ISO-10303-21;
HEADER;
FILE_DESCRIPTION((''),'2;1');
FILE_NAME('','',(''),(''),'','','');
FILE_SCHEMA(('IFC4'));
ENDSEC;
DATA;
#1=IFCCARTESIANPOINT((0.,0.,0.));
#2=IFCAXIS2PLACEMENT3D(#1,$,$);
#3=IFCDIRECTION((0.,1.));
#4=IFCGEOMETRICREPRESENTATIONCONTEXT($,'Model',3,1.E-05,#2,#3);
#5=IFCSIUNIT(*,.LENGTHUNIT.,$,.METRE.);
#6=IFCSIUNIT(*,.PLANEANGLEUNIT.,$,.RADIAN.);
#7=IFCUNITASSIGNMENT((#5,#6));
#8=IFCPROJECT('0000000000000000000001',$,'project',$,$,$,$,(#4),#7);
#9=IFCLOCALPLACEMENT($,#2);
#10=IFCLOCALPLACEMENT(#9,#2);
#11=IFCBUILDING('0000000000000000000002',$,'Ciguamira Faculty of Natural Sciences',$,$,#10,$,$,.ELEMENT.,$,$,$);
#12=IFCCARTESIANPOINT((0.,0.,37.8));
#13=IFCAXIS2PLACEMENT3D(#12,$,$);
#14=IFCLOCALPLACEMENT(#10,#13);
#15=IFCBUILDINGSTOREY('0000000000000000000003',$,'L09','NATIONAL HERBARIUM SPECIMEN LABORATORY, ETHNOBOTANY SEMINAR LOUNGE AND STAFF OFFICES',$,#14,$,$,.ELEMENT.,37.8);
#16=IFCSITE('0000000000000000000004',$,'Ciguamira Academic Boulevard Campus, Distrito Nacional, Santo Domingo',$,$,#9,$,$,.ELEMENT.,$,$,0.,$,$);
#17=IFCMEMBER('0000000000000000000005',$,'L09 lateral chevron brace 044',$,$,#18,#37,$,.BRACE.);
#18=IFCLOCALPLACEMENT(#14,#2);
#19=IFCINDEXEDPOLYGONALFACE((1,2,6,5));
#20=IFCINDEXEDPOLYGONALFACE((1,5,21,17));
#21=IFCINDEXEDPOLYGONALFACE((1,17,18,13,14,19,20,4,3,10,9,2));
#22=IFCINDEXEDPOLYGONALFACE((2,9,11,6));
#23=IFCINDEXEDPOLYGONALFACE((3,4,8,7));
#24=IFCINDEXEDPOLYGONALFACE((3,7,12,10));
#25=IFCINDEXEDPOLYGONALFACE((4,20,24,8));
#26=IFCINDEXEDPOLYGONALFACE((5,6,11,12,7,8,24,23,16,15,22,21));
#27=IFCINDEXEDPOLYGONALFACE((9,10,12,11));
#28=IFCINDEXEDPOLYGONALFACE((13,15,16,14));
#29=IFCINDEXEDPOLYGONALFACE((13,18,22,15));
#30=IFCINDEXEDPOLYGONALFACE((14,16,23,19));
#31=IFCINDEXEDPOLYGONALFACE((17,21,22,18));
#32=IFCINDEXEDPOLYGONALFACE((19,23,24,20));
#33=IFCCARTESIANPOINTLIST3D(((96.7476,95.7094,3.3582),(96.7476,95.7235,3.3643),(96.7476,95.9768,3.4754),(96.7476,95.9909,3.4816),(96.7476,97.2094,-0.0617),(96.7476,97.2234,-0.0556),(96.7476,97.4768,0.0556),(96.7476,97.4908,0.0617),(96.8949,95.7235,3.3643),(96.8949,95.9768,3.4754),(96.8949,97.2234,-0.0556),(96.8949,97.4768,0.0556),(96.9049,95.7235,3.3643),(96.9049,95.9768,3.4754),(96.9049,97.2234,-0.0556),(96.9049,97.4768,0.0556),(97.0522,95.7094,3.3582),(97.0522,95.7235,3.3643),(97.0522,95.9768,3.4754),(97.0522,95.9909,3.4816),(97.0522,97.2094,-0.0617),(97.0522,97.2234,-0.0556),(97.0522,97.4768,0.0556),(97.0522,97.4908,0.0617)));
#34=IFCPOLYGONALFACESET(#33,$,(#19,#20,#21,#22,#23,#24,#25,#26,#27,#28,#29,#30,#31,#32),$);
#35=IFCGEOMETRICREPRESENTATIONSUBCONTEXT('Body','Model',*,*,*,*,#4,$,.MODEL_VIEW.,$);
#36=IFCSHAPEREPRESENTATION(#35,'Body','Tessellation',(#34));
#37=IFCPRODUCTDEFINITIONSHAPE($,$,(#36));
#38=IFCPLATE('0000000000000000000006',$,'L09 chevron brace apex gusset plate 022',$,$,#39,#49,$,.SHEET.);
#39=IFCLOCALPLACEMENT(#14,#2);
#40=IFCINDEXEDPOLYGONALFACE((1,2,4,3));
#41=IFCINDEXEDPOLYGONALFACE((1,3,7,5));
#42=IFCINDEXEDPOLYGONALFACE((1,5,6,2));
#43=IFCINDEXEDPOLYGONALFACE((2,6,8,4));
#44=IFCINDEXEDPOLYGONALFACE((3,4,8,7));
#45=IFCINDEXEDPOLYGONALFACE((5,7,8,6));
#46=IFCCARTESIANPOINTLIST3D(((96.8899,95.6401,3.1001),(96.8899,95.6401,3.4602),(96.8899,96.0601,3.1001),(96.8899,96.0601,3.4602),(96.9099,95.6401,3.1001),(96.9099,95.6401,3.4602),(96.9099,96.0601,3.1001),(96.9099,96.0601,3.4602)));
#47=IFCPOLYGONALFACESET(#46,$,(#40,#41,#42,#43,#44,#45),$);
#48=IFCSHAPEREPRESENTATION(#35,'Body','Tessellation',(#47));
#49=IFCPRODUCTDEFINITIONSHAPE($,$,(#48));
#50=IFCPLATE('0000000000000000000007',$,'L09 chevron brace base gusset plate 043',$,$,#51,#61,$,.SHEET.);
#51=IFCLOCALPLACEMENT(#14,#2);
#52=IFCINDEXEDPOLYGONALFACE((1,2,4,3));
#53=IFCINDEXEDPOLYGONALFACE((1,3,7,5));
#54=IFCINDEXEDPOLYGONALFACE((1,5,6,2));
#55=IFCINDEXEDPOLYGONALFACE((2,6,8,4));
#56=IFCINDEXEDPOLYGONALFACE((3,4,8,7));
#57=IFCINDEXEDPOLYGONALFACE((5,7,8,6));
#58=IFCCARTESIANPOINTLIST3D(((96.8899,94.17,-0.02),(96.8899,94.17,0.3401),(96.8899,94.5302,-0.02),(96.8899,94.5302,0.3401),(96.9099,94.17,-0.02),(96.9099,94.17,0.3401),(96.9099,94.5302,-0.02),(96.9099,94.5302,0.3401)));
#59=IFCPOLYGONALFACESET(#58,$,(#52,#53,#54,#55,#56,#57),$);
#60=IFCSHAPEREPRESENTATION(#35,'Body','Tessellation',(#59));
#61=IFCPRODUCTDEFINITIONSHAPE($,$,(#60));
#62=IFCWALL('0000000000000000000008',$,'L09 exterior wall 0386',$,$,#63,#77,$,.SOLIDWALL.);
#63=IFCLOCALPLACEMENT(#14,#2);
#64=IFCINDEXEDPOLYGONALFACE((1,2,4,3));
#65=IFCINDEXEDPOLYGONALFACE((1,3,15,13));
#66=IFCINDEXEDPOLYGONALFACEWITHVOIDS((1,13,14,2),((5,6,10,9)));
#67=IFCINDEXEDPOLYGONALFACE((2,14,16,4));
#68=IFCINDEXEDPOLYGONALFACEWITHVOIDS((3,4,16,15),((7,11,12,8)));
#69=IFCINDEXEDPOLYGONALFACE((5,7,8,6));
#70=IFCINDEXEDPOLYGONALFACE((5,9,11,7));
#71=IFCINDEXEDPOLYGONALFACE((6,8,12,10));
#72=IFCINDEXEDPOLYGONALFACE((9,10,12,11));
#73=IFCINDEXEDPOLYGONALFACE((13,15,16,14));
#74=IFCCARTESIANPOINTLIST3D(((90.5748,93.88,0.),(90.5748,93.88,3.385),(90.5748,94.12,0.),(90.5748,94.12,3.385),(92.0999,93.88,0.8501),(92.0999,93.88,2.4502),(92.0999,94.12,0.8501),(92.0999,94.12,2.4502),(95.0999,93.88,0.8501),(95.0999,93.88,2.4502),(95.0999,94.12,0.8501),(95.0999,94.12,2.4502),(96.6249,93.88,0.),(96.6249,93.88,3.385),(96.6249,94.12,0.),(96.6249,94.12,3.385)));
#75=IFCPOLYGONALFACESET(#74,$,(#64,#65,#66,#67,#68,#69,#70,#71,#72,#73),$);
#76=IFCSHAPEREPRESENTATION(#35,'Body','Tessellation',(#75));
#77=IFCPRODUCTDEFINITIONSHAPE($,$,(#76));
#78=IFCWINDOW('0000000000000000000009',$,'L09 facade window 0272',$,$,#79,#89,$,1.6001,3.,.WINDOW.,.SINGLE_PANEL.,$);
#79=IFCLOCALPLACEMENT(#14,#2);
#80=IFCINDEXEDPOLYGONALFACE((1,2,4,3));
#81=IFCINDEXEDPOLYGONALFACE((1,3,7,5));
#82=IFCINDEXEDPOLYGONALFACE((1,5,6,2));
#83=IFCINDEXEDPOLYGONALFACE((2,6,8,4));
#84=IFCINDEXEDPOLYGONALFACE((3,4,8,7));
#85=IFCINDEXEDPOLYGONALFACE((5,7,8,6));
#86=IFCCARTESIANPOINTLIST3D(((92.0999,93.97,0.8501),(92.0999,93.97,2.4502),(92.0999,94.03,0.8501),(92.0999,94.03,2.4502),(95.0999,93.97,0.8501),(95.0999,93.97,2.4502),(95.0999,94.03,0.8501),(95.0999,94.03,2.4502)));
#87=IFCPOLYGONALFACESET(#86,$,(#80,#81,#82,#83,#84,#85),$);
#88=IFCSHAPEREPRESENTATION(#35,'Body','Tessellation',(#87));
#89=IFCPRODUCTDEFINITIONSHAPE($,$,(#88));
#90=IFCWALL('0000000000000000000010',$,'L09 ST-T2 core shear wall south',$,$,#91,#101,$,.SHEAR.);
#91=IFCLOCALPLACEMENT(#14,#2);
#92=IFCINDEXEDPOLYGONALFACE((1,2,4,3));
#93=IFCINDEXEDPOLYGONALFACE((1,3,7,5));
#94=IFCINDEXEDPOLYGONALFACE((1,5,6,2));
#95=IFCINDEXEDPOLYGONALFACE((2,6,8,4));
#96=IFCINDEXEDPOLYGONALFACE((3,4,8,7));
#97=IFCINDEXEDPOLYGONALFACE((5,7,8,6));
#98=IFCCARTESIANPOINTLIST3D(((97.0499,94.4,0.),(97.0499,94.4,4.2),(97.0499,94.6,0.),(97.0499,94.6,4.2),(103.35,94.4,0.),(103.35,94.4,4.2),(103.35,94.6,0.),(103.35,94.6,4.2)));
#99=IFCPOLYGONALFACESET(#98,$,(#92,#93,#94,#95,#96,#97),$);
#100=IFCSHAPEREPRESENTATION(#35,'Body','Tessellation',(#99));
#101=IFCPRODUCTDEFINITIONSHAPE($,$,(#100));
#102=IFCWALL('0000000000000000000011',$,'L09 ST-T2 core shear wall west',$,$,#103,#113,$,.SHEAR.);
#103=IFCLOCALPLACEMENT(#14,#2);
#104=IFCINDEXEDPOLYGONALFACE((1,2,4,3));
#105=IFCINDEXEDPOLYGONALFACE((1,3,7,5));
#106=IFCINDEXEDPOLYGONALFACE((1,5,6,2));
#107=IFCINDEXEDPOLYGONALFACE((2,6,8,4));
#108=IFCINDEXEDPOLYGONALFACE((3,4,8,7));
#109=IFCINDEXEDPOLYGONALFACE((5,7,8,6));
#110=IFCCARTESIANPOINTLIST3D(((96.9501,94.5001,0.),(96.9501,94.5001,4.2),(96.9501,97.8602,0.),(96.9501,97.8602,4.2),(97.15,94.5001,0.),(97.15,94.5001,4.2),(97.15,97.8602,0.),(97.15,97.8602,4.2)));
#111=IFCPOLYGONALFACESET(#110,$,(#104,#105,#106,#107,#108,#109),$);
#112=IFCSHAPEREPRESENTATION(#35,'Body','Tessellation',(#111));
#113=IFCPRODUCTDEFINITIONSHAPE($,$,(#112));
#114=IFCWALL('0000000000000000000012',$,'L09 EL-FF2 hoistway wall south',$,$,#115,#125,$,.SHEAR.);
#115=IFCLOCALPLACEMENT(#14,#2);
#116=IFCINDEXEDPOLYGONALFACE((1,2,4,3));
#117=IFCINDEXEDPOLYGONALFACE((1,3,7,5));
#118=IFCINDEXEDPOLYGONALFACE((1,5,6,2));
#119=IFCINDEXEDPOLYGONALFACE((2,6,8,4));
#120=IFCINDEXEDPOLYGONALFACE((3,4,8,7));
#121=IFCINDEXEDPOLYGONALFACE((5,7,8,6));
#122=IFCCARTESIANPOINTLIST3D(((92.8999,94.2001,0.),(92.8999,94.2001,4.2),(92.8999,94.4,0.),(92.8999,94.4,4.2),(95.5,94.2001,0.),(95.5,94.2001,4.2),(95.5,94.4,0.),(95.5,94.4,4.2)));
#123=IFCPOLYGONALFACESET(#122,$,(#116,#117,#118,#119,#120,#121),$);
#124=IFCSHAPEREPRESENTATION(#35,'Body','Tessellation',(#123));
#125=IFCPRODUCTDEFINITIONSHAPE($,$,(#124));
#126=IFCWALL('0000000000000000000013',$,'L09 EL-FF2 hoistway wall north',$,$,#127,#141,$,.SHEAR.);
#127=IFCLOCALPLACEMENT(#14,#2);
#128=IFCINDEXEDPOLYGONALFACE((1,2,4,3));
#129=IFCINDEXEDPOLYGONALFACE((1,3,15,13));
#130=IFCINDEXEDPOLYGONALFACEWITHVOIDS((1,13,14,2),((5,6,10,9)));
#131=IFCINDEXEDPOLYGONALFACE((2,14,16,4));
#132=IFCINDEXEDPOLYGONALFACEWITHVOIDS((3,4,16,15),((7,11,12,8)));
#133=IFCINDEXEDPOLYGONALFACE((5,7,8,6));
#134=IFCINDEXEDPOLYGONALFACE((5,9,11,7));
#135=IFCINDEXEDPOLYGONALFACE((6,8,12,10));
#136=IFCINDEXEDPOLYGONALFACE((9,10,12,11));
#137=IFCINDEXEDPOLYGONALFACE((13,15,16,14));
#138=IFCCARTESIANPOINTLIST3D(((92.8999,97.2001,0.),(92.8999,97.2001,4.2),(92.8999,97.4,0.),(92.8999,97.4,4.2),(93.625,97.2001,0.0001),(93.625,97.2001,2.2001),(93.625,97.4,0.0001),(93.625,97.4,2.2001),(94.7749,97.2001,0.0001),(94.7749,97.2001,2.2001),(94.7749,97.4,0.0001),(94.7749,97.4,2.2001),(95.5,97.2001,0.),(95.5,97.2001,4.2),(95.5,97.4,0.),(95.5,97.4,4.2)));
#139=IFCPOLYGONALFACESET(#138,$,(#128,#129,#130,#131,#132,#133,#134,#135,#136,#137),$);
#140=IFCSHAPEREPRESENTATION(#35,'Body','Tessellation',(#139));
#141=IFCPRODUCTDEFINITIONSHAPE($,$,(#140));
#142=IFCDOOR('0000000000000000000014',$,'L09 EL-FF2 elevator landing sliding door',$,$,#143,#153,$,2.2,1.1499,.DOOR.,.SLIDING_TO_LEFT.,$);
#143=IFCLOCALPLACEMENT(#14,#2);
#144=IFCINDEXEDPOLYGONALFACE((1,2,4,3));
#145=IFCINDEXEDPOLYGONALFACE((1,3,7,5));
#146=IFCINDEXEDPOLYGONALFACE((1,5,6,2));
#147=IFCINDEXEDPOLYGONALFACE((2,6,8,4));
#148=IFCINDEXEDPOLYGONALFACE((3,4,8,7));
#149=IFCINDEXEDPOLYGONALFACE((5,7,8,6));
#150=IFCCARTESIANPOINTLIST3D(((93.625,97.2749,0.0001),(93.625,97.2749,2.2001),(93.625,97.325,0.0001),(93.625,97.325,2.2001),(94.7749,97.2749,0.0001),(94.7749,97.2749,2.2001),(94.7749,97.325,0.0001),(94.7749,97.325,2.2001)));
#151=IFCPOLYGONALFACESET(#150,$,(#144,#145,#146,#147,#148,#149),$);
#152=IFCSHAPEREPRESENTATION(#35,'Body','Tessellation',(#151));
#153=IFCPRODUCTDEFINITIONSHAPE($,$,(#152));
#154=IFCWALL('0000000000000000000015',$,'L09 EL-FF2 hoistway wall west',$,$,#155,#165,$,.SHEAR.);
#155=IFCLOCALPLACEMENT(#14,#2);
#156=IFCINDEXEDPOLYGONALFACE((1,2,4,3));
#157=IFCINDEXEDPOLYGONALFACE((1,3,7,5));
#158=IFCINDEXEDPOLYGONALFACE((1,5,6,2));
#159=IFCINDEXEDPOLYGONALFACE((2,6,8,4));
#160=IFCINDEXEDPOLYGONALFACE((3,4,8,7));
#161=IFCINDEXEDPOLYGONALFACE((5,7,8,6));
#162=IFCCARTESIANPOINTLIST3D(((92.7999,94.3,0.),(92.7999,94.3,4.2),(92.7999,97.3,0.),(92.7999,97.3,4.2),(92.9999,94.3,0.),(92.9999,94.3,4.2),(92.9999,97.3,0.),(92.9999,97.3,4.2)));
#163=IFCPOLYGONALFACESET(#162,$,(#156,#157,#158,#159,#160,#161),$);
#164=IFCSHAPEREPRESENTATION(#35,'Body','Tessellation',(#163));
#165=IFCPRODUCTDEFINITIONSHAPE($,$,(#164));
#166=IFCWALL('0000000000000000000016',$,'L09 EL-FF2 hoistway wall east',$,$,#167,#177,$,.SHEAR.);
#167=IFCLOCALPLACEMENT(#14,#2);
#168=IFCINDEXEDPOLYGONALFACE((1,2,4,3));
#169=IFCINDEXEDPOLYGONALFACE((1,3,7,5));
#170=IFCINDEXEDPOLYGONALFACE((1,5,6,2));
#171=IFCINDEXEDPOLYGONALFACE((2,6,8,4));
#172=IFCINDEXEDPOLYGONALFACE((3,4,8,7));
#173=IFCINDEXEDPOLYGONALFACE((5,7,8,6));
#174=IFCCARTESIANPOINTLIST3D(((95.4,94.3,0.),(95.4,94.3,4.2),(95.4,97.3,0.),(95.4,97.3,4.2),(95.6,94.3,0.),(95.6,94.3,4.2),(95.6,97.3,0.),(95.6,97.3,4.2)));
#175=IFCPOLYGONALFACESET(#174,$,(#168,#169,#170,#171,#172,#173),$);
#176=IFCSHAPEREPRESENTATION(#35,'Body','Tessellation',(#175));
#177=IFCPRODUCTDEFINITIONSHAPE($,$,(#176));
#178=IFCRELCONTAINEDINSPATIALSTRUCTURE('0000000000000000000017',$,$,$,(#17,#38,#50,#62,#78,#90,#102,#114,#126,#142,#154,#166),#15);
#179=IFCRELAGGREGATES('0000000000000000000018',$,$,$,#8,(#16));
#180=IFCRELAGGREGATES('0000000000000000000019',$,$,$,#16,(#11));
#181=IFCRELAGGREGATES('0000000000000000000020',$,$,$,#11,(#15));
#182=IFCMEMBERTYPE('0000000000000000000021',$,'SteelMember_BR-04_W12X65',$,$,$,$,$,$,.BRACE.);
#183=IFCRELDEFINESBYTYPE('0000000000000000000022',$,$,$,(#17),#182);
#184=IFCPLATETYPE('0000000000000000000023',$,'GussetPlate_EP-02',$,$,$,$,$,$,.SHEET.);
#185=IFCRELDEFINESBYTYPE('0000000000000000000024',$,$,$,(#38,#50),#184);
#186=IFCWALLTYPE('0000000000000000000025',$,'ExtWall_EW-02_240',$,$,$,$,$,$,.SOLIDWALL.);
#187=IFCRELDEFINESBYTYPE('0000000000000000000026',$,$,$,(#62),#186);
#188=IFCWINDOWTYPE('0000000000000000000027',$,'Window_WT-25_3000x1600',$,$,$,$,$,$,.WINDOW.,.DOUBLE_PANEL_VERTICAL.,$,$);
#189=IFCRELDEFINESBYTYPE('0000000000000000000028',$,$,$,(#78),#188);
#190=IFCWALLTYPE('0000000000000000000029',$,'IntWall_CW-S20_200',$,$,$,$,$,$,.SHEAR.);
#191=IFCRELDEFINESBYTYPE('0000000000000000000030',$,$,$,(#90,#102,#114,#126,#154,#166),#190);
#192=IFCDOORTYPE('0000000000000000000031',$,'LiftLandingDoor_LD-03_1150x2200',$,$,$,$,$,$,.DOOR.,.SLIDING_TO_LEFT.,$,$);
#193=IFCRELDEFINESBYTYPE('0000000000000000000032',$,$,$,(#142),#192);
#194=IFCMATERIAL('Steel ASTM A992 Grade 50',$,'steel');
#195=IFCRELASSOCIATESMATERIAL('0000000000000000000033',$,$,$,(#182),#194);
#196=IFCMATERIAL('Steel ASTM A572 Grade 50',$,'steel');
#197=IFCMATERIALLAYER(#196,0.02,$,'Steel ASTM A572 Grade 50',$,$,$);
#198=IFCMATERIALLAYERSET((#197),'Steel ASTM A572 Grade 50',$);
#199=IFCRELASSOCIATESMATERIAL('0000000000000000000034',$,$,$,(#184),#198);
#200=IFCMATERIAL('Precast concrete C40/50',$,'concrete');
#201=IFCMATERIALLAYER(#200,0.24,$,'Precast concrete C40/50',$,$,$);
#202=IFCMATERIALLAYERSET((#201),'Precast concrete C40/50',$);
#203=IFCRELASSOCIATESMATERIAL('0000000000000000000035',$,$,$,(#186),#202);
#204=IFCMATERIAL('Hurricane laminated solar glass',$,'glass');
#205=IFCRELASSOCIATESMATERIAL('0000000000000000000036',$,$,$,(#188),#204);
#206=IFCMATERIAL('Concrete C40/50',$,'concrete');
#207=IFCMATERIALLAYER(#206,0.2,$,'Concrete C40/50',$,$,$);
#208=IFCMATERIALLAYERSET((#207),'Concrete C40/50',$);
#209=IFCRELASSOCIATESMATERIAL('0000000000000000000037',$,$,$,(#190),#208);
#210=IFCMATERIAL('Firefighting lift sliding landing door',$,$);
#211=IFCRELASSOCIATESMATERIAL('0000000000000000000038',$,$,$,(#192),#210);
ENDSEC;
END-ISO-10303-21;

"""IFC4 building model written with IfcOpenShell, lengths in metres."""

from ifc_helpers import new_model, si_unit, direction, frame, frame_2d, origin, origin_2d, place, context, subcontext, project, spatial, rectangle, i_section, extrude, material, layer, layer_set, material_profile, profile_set, type_object, element, fill, save


model = new_model("IFC4")

# Units and contexts
model_context = context("Model", 3, precision=1e-05, world=origin(), true_north=direction((0.0, 1.0)))
body_context = subcontext(model_context, "Body", "Model", "MODEL_VIEW")
ifc_project = project(units=[si_unit("LENGTHUNIT", "METRE"), si_unit("PLANEANGLEUNIT", "RADIAN")], contexts=[model_context])

# Site, building, storey
site_placement = place(None, origin())
site = spatial("IfcSite", under=ifc_project, at=site_placement, Name="Ciguamira Academic Boulevard Campus, Distrito Nacional, Santo Domingo", CompositionType="ELEMENT", RefElevation=0.0)
building_placement = place(site_placement, origin())
building = spatial("IfcBuilding", under=site, at=building_placement, Name="Ciguamira Faculty of Natural Sciences", CompositionType="ELEMENT")
storey_placement = place(building_placement, frame((0.0, 0.0, 37.8)))
storey = spatial("IfcBuildingStorey", under=building, at=storey_placement, Name="L09", Description="NATIONAL HERBARIUM SPECIMEN LABORATORY, ETHNOBOTANY SEMINAR LOUNGE AND STAFF OFFICES", CompositionType="ELEMENT", Elevation=37.8)

# Shared definitions
ifc_material_1 = material(Name="Concrete C40/50", Category="concrete")

# Shared definitions
ifc_material_2 = material(Name="Steel ASTM A992 Grade 50", Category="steel")

# Member
ifc_material_profile_1 = material_profile(ifc_material_2, i_section(OverallWidth=0.3047, OverallDepth=0.3074, WebThickness=0.01, FlangeThickness=0.0154, at=origin_2d()), Name="W12X65")
ifc_profile_set_1 = profile_set([ifc_material_profile_1], Name="Steel ASTM A992 Grade 50")
member_type_1 = type_object("IfcMemberType", Name="SteelMember_BR-04_W12X65", PredefinedType="BRACE", material=ifc_profile_set_1)
for number, where, z_axis, x_axis, name in (
    (1, (96.8999, 97.3501, 0.0), (0.0, -0.401669, 0.915785), (1.0, 0.0, 0.0), "L09 lateral chevron brace 044"),
):
    element("IfcMember", number, at=place(storey_placement, frame(where, z_axis=z_axis, x_axis=x_axis)), inside=storey, type_object=member_type_1, Name=name, PredefinedType="BRACE", context=body_context, shape_type="SweptSolid", body=[
        extrude(i_section(OverallWidth=0.3047, OverallDepth=0.3074, WebThickness=0.01, FlangeThickness=0.0154, at=origin_2d()), origin(), (0.0, 0.0, 1.0), 3.7344),
    ])

# Plates
ifc_material_3 = material(Name="Steel ASTM A572 Grade 50", Category="steel")
ifc_layer_1 = layer(ifc_material_3, 0.02, Name="Steel ASTM A572 Grade 50")
ifc_layer_set_1 = layer_set([ifc_layer_1], Name="Steel ASTM A572 Grade 50")
plate_type = type_object("IfcPlateType", Name="GussetPlate_EP-02", PredefinedType="SHEET", material=ifc_layer_set_1)
plate_1_placement = place(storey_placement, frame((96.8999, 95.8501, 3.1001), z_axis=(0.0, 0.0, 1.0), x_axis=(1.0, 0.0, 0.0)))
element("IfcPlate", 2, at=plate_1_placement, inside=storey, type_object=plate_type, Name="L09 chevron brace apex gusset plate 022", PredefinedType="SHEET", context=body_context, shape_type="SweptSolid", body=[
    extrude(rectangle(XDim=0.02, YDim=0.4199, at=origin_2d()), origin(), (0.0, 0.0, 1.0), 0.3601),
])
plate_2_placement = place(storey_placement, frame((96.8999, 94.3501, -0.02), z_axis=(0.0, 0.0, 1.0), x_axis=(1.0, 0.0, 0.0)))
element("IfcPlate", 3, at=plate_2_placement, inside=storey, type_object=plate_type, Name="L09 chevron brace base gusset plate 043", PredefinedType="SHEET", context=body_context, shape_type="SweptSolid", body=[
    extrude(rectangle(XDim=0.02, YDim=0.3601, at=origin_2d()), origin(), (0.0, 0.0, 1.0), 0.3601),
])

# Wall, opening, window
ifc_material_4 = material(Name="Precast concrete C40/50", Category="concrete")
ifc_layer_2 = layer(ifc_material_4, 0.24, Name="Precast concrete C40/50")
ifc_layer_set_2 = layer_set([ifc_layer_2], Name="Precast concrete C40/50")
wall_type_1 = type_object("IfcWallType", Name="ExtWall_EW-02_240", PredefinedType="SOLIDWALL", material=ifc_layer_set_2)
wall_1_placement = place(storey_placement, frame((90.575, 94.0, 0.0), z_axis=(0.0, 0.0, 1.0), x_axis=(1.0, 0.0, 0.0)))
wall_1 = element("IfcWall", 4, at=wall_1_placement, inside=storey, type_object=wall_type_1, Name="L09 exterior wall 0386", PredefinedType="SOLIDWALL", context=body_context, shape_type="SweptSolid", body=[
    extrude(rectangle(XDim=6.05, YDim=0.24, at=frame_2d((3.0249, 0.0))), origin(), (0.0, 0.0, 1.0), 3.385),
])
opening_1_placement = place(wall_1_placement, frame((1.5249, 0.0, 0.8501)))
opening_1 = element("IfcOpeningElement", 5, at=opening_1_placement, cuts=wall_1, PredefinedType="OPENING", context=body_context, shape_type="SweptSolid", body=[
    extrude(rectangle(XDim=3.0, YDim=1.6001, at=frame_2d((1.5, 0.8))), frame((0.0, 0.1299, 0.0), z_axis=(0.0, -1.0, 0.0), x_axis=(1.0, 0.0, 0.0)), (0.0, 0.0, 1.0), 0.26),
])
ifc_material_5 = material(Name="Hurricane laminated solar glass", Category="glass")
window_type = type_object("IfcWindowType", Name="Window_WT-25_3000x1600", PartitioningType="DOUBLE_PANEL_VERTICAL", PredefinedType="WINDOW", material=ifc_material_5)
window_placement = place(opening_1_placement, origin())
window = element("IfcWindow", 6, at=window_placement, inside=storey, type_object=window_type, Name="L09 facade window 0272", OverallHeight=1.6001, OverallWidth=3.0, PartitioningType="SINGLE_PANEL", PredefinedType="WINDOW", context=body_context, shape_type="SweptSolid", body=[
    extrude(rectangle(XDim=3.0, YDim=1.6001, at=frame_2d((1.5, 0.8))), frame((0.0, 0.03, 0.0), z_axis=(0.0, -1.0, 0.0), x_axis=(1.0, 0.0, 0.0)), (0.0, 0.0, 1.0), 0.0601),
])
fill(opening_1, window)

# Walls
ifc_layer_3 = layer(ifc_material_1, 0.2, Name="Concrete C40/50")
ifc_layer_set_3 = layer_set([ifc_layer_3], Name="Concrete C40/50")
wall_type_2 = type_object("IfcWallType", Name="IntWall_CW-S20_200", PredefinedType="SHEAR", material=ifc_layer_set_3)
wall_2_placement = place(storey_placement, frame((97.05, 94.5, 0.0), z_axis=(0.0, 0.0, 1.0), x_axis=(1.0, 0.0, 0.0)))
element("IfcWall", 7, at=wall_2_placement, inside=storey, type_object=wall_type_2, Name="L09 ST-T2 core shear wall south", PredefinedType="SHEAR", context=body_context, shape_type="SweptSolid", body=[
    extrude(rectangle(XDim=6.3, YDim=0.2, at=frame_2d((3.1499, 0.0))), origin(), (0.0, 0.0, 1.0), 4.2),
])
wall_3_placement = place(storey_placement, frame((97.05, 94.5, 0.0), z_axis=(0.0, 0.0, 1.0), x_axis=(0.0, 1.0, 0.0)))
element("IfcWall", 8, at=wall_3_placement, inside=storey, type_object=wall_type_2, Name="L09 ST-T2 core shear wall west", PredefinedType="SHEAR", context=body_context, shape_type="SweptSolid", body=[
    extrude(rectangle(XDim=3.3601, YDim=0.2, at=frame_2d((1.6802, 0.0))), origin(), (0.0, 0.0, 1.0), 4.2),
])
wall_4_placement = place(storey_placement, frame((92.8999, 94.3, 0.0), z_axis=(0.0, 0.0, 1.0), x_axis=(1.0, 0.0, 0.0)))
element("IfcWall", 9, at=wall_4_placement, inside=storey, type_object=wall_type_2, Name="L09 EL-FF2 hoistway wall south", PredefinedType="SHEAR", context=body_context, shape_type="SweptSolid", body=[
    extrude(rectangle(XDim=2.6001, YDim=0.2, at=frame_2d((1.3, 0.0))), origin(), (0.0, 0.0, 1.0), 4.2),
])

# Wall, opening, door
wall_5_placement = place(storey_placement, frame((92.8999, 97.3, 0.0), z_axis=(0.0, 0.0, 1.0), x_axis=(1.0, 0.0, 0.0)))
wall_5 = element("IfcWall", 10, at=wall_5_placement, inside=storey, type_object=wall_type_2, Name="L09 EL-FF2 hoistway wall north", PredefinedType="SHEAR", context=body_context, shape_type="SweptSolid", body=[
    extrude(rectangle(XDim=2.6001, YDim=0.2, at=frame_2d((1.3, 0.0))), origin(), (0.0, 0.0, 1.0), 4.2),
])
opening_2_placement = place(wall_5_placement, frame((0.7251, 0.0, 0.0)))
opening_2 = element("IfcOpeningElement", 11, at=opening_2_placement, cuts=wall_5, PredefinedType="OPENING", context=body_context, shape_type="SweptSolid", body=[
    extrude(rectangle(XDim=1.1499, YDim=2.2, at=frame_2d((0.575, 1.1001))), frame((0.0, 0.1099, 0.0), z_axis=(0.0, -1.0, 0.0), x_axis=(1.0, 0.0, 0.0)), (0.0, 0.0, 1.0), 0.22),
])
ifc_material_6 = material(Name="Firefighting lift sliding landing door")
door_type = type_object("IfcDoorType", Name="LiftLandingDoor_LD-03_1150x2200", OperationType="SLIDING_TO_LEFT", PredefinedType="DOOR", material=ifc_material_6)
door_placement = place(opening_2_placement, origin())
door = element("IfcDoor", 12, at=door_placement, inside=storey, type_object=door_type, Name="L09 EL-FF2 elevator landing sliding door", OperationType="SLIDING_TO_LEFT", OverallHeight=2.2, OverallWidth=1.1499, PredefinedType="DOOR", context=body_context, shape_type="SweptSolid", body=[
    extrude(rectangle(XDim=1.1499, YDim=2.2, at=frame_2d((0.575, 1.1001))), frame((0.0, 0.0249, 0.0), z_axis=(0.0, -1.0, 0.0), x_axis=(1.0, 0.0, 0.0)), (0.0, 0.0, 1.0), 0.05),
])
fill(opening_2, door)

# Walls
for number, where, z_axis, x_axis, name in (
    (13, (92.8999, 94.3, 0.0), (0.0, 0.0, 1.0), (0.0, 1.0, 0.0), "L09 EL-FF2 hoistway wall west"),
    (14, (95.5, 94.3, 0.0), (0.0, 0.0, 1.0), (0.0, 1.0, 0.0), "L09 EL-FF2 hoistway wall east"),
):
    element("IfcWall", number, at=place(storey_placement, frame(where, z_axis=z_axis, x_axis=x_axis)), inside=storey, type_object=wall_type_2, Name=name, PredefinedType="SHEAR", context=body_context, shape_type="SweptSolid", body=[
        extrude(rectangle(XDim=3.0, YDim=0.2, at=frame_2d((1.5, 0.0))), origin(), (0.0, 0.0, 1.0), 4.2),
    ])

save(model, "model.ifc")
